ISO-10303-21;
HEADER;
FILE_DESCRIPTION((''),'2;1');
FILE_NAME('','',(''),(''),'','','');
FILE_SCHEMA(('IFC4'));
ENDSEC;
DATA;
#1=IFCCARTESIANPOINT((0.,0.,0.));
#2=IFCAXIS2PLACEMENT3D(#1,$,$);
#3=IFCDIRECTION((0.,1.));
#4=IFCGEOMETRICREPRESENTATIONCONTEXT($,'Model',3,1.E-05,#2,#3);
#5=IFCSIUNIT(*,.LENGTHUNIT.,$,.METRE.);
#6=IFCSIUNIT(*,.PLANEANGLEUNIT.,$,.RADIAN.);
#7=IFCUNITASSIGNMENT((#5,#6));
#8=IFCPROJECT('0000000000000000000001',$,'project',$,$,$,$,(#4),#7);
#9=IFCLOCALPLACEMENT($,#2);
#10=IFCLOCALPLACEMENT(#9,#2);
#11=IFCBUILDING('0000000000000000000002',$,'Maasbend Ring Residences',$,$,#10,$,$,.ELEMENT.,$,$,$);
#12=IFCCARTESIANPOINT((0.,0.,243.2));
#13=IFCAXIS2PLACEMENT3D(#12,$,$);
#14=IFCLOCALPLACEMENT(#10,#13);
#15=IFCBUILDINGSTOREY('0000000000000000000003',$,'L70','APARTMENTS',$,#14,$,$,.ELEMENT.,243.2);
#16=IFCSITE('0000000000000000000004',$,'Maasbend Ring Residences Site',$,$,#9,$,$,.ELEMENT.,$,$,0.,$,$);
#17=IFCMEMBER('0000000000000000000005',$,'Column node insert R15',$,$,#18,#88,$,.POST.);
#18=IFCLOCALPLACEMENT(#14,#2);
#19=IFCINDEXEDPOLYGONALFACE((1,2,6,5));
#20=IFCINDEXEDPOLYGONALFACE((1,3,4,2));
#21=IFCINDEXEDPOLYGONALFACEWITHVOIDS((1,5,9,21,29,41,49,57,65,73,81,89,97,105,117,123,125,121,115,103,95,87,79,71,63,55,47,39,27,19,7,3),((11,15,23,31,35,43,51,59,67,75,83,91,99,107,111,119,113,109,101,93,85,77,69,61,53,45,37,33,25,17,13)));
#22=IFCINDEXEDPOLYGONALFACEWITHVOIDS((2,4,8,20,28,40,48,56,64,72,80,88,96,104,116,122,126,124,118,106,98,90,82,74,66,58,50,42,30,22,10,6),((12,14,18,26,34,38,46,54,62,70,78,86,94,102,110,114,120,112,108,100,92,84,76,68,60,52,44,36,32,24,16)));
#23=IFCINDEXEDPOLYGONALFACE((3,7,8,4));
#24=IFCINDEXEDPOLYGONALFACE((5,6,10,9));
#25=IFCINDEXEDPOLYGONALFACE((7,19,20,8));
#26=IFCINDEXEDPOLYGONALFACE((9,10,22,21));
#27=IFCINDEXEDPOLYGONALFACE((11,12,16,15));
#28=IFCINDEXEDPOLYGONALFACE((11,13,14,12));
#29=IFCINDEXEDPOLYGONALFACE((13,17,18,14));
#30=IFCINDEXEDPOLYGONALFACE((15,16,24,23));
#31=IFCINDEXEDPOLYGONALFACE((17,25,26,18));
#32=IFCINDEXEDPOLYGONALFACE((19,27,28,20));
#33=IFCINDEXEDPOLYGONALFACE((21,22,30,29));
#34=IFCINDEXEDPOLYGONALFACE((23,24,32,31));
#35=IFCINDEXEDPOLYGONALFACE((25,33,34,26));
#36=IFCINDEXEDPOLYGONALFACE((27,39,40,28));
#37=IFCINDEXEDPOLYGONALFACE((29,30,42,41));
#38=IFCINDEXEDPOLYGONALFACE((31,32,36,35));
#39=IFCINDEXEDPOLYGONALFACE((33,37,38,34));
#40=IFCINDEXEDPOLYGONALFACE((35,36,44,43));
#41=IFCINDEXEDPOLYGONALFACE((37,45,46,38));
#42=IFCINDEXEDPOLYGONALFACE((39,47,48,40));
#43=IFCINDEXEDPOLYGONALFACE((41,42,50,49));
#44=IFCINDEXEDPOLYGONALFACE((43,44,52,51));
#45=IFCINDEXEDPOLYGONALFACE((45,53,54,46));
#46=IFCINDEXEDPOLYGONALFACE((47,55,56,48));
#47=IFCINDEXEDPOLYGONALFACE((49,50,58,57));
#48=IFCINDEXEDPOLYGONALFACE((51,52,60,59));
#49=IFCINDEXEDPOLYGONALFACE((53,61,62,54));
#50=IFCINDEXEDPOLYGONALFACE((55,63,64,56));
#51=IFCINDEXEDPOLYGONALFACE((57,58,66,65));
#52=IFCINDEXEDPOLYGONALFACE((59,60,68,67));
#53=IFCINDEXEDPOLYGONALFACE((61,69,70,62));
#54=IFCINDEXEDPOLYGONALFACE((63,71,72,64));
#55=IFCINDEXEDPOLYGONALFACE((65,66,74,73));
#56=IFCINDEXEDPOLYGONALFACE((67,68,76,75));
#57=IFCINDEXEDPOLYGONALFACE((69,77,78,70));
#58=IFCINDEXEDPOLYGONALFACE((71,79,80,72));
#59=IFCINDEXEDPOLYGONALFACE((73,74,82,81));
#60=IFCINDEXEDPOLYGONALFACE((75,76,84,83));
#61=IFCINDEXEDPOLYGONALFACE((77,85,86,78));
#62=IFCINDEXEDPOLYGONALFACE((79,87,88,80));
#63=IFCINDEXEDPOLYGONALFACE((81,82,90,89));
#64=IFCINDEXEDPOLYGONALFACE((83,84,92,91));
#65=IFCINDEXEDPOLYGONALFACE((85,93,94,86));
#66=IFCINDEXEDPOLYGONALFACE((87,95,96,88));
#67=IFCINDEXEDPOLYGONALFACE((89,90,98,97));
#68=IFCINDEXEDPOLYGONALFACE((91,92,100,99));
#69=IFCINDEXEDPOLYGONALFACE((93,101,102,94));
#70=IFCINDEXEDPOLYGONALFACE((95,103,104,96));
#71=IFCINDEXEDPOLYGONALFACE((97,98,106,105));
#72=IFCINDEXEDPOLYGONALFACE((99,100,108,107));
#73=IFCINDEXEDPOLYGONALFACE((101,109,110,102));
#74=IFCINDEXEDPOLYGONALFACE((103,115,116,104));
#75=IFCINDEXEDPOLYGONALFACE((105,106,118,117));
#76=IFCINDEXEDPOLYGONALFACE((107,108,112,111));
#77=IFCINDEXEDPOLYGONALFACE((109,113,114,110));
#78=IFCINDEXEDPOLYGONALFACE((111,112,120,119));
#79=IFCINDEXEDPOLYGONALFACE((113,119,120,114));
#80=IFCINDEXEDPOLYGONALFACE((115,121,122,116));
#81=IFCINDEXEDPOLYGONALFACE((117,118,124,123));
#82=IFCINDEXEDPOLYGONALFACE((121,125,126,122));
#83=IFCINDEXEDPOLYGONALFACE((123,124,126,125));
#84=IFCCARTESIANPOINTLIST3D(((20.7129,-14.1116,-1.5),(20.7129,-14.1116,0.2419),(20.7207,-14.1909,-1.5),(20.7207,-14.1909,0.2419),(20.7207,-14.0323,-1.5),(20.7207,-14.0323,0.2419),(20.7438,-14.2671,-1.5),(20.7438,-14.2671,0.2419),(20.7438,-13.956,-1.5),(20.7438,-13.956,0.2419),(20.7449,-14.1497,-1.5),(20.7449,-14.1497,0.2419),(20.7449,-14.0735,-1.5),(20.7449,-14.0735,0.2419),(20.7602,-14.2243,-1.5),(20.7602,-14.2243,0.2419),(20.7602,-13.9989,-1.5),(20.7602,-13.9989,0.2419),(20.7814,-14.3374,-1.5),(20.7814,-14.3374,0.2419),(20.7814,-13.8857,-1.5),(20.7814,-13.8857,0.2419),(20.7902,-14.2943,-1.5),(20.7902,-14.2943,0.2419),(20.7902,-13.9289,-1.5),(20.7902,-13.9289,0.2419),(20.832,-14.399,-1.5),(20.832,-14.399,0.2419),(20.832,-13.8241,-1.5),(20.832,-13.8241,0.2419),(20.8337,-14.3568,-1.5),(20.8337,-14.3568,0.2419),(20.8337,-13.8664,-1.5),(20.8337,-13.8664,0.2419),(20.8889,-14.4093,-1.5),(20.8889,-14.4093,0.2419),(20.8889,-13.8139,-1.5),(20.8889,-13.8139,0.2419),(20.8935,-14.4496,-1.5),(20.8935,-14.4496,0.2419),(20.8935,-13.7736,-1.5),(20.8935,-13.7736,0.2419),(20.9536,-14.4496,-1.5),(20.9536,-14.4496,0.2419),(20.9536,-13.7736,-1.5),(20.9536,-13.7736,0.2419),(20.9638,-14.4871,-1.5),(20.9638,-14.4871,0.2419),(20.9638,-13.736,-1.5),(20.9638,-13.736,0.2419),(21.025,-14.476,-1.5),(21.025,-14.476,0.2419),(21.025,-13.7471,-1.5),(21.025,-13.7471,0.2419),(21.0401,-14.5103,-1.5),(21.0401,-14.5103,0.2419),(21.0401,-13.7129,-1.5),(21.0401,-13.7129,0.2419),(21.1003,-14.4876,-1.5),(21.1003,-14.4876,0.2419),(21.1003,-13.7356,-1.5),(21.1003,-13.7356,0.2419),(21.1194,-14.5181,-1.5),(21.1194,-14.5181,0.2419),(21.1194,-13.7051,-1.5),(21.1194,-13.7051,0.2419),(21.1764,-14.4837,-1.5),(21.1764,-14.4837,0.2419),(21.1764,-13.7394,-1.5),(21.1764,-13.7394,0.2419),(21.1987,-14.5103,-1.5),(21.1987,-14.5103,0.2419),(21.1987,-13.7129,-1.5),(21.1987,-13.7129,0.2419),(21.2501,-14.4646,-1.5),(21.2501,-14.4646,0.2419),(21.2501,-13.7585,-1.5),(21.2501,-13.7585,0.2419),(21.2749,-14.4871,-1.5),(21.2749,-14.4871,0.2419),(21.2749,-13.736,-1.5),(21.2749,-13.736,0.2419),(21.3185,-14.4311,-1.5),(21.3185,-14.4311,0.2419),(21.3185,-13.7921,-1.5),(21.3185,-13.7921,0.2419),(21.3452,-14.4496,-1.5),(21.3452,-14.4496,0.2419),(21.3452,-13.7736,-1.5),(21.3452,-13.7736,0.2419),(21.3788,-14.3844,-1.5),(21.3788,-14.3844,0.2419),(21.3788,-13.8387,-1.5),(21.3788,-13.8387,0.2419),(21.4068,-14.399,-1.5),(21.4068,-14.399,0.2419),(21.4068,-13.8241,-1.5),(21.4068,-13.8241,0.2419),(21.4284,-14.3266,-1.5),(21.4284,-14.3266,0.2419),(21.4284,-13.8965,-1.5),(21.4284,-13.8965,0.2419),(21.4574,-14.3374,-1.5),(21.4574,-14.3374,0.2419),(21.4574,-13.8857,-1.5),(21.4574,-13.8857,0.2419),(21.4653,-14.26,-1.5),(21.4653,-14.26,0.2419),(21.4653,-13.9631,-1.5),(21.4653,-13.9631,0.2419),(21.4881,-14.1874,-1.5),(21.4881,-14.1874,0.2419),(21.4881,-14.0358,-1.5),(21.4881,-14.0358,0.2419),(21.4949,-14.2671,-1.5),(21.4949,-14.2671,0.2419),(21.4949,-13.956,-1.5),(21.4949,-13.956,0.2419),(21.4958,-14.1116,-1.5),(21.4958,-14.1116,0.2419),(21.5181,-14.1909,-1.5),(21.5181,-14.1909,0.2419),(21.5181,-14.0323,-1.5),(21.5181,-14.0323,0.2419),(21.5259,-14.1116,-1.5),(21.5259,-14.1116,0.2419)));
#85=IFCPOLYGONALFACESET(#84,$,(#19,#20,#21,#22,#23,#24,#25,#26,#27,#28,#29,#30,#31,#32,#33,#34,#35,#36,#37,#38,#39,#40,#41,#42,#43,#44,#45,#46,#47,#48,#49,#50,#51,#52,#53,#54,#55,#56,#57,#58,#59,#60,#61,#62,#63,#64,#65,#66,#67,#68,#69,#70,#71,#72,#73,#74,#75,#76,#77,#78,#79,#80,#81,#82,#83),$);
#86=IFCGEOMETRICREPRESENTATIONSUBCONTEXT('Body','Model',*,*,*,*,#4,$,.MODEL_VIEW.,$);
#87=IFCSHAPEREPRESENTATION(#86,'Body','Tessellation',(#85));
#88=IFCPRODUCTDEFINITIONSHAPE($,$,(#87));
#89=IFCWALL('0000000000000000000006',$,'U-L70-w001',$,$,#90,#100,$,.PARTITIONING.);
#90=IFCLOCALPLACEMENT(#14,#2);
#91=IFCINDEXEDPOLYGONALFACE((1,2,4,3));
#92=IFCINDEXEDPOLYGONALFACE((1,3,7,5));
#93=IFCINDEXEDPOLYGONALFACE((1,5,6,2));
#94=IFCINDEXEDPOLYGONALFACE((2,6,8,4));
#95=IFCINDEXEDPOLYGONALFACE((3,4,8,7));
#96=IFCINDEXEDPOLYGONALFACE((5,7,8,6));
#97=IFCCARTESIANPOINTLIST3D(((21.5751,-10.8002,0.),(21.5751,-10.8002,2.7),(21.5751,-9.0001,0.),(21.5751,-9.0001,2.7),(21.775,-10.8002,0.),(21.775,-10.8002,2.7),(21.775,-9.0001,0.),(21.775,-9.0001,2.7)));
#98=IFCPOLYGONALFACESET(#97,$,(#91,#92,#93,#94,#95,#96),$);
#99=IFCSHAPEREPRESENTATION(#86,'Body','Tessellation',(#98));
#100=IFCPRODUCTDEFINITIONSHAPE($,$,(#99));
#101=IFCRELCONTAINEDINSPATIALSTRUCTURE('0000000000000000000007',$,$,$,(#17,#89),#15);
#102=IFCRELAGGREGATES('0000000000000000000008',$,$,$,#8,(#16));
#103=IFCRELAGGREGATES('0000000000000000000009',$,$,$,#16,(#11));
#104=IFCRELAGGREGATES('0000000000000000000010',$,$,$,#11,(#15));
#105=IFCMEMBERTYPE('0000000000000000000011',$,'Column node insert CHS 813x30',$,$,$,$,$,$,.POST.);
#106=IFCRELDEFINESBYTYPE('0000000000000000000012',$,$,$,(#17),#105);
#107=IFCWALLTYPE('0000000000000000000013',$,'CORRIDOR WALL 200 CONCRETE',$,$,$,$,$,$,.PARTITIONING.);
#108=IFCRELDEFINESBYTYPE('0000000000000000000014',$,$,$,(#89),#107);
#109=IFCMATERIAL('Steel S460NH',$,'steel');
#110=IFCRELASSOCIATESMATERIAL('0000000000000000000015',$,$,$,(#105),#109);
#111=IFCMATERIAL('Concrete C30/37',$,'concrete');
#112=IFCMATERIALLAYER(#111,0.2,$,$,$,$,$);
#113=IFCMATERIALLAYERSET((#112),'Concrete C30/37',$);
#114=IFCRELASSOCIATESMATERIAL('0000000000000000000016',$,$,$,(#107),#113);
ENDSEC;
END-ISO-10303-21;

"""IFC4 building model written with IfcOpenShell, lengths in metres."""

from ifc_helpers import new_model, si_unit, direction, frame, frame_2d, origin, origin_2d, place, context, subcontext, project, spatial, rectangle, hollow_circle, extrude, material, layer, layer_set, material_profile, profile_set, type_object, element, save


model = new_model("IFC4")

# Units and contexts
model_context = context("Model", 3, precision=1e-05, world=origin(), true_north=direction((0.0, 1.0)))
body_context = subcontext(model_context, "Body", "Model", "MODEL_VIEW")
ifc_project = project(units=[si_unit("LENGTHUNIT", "METRE"), si_unit("PLANEANGLEUNIT", "RADIAN")], contexts=[model_context])

# Site, building, storey
site_placement = place(None, origin())
site = spatial("IfcSite", under=ifc_project, at=site_placement, Name="Maasbend Ring Residences Site", CompositionType="ELEMENT", RefElevation=0.0)
building_placement = place(site_placement, origin())
building = spatial("IfcBuilding", under=site, at=building_placement, Name="Maasbend Ring Residences", CompositionType="ELEMENT")
storey_placement = place(building_placement, frame((0.0, 0.0, 243.2)))
storey = spatial("IfcBuildingStorey", under=building, at=storey_placement, Name="L70", Description="APARTMENTS", CompositionType="ELEMENT", Elevation=243.2)

# Member
ifc_material_1 = material(Name="Steel S460NH", Category="steel")
ifc_material_profile_1 = material_profile(ifc_material_1, hollow_circle(Radius=0.4065, WallThickness=0.03, at=origin_2d()), Name="Column node insert CHS 813x30")
ifc_profile_set_1 = profile_set([ifc_material_profile_1], Name="Steel S460NH")
member_type = type_object("IfcMemberType", Name="Column node insert CHS 813x30", PredefinedType="POST", material=ifc_profile_set_1)
member_placement = place(storey_placement, frame((21.1194, -14.1116, -1.5), z_axis=(0.0, 0.0, 1.0), x_axis=(1.0, 0.0, 0.0)))
element("IfcMember", 1, at=member_placement, inside=storey, type_object=member_type, Name="Column node insert R15", PredefinedType="POST", context=body_context, shape_type="SweptSolid", body=[
    extrude(hollow_circle(Radius=0.4065, WallThickness=0.03, at=origin_2d()), origin(), (0.0, 0.0, 1.0), 1.7419),
])

# Wall
ifc_material_2 = material(Name="Concrete C30/37", Category="concrete")
ifc_layer_1 = layer(ifc_material_2, 0.2)
ifc_layer_set_1 = layer_set([ifc_layer_1], Name="Concrete C30/37")
wall_type_1 = type_object("IfcWallType", Name="CORRIDOR WALL 200 CONCRETE", PredefinedType="PARTITIONING", material=ifc_layer_set_1)
wall_1_placement = place(storey_placement, frame((21.675, -10.8, 0.0), z_axis=(0.0, 0.0, 1.0), x_axis=(0.0, 1.0, 0.0)))
element("IfcWall", 2, at=wall_1_placement, inside=storey, type_object=wall_type_1, Name="U-L70-w001", PredefinedType="PARTITIONING", context=body_context, shape_type="SweptSolid", body=[
    extrude(rectangle(XDim=1.8, YDim=0.2, at=frame_2d((0.8999, 0.0))), origin(), (0.0, 0.0, 1.0), 2.7),
])

save(model, "model.ifc")
